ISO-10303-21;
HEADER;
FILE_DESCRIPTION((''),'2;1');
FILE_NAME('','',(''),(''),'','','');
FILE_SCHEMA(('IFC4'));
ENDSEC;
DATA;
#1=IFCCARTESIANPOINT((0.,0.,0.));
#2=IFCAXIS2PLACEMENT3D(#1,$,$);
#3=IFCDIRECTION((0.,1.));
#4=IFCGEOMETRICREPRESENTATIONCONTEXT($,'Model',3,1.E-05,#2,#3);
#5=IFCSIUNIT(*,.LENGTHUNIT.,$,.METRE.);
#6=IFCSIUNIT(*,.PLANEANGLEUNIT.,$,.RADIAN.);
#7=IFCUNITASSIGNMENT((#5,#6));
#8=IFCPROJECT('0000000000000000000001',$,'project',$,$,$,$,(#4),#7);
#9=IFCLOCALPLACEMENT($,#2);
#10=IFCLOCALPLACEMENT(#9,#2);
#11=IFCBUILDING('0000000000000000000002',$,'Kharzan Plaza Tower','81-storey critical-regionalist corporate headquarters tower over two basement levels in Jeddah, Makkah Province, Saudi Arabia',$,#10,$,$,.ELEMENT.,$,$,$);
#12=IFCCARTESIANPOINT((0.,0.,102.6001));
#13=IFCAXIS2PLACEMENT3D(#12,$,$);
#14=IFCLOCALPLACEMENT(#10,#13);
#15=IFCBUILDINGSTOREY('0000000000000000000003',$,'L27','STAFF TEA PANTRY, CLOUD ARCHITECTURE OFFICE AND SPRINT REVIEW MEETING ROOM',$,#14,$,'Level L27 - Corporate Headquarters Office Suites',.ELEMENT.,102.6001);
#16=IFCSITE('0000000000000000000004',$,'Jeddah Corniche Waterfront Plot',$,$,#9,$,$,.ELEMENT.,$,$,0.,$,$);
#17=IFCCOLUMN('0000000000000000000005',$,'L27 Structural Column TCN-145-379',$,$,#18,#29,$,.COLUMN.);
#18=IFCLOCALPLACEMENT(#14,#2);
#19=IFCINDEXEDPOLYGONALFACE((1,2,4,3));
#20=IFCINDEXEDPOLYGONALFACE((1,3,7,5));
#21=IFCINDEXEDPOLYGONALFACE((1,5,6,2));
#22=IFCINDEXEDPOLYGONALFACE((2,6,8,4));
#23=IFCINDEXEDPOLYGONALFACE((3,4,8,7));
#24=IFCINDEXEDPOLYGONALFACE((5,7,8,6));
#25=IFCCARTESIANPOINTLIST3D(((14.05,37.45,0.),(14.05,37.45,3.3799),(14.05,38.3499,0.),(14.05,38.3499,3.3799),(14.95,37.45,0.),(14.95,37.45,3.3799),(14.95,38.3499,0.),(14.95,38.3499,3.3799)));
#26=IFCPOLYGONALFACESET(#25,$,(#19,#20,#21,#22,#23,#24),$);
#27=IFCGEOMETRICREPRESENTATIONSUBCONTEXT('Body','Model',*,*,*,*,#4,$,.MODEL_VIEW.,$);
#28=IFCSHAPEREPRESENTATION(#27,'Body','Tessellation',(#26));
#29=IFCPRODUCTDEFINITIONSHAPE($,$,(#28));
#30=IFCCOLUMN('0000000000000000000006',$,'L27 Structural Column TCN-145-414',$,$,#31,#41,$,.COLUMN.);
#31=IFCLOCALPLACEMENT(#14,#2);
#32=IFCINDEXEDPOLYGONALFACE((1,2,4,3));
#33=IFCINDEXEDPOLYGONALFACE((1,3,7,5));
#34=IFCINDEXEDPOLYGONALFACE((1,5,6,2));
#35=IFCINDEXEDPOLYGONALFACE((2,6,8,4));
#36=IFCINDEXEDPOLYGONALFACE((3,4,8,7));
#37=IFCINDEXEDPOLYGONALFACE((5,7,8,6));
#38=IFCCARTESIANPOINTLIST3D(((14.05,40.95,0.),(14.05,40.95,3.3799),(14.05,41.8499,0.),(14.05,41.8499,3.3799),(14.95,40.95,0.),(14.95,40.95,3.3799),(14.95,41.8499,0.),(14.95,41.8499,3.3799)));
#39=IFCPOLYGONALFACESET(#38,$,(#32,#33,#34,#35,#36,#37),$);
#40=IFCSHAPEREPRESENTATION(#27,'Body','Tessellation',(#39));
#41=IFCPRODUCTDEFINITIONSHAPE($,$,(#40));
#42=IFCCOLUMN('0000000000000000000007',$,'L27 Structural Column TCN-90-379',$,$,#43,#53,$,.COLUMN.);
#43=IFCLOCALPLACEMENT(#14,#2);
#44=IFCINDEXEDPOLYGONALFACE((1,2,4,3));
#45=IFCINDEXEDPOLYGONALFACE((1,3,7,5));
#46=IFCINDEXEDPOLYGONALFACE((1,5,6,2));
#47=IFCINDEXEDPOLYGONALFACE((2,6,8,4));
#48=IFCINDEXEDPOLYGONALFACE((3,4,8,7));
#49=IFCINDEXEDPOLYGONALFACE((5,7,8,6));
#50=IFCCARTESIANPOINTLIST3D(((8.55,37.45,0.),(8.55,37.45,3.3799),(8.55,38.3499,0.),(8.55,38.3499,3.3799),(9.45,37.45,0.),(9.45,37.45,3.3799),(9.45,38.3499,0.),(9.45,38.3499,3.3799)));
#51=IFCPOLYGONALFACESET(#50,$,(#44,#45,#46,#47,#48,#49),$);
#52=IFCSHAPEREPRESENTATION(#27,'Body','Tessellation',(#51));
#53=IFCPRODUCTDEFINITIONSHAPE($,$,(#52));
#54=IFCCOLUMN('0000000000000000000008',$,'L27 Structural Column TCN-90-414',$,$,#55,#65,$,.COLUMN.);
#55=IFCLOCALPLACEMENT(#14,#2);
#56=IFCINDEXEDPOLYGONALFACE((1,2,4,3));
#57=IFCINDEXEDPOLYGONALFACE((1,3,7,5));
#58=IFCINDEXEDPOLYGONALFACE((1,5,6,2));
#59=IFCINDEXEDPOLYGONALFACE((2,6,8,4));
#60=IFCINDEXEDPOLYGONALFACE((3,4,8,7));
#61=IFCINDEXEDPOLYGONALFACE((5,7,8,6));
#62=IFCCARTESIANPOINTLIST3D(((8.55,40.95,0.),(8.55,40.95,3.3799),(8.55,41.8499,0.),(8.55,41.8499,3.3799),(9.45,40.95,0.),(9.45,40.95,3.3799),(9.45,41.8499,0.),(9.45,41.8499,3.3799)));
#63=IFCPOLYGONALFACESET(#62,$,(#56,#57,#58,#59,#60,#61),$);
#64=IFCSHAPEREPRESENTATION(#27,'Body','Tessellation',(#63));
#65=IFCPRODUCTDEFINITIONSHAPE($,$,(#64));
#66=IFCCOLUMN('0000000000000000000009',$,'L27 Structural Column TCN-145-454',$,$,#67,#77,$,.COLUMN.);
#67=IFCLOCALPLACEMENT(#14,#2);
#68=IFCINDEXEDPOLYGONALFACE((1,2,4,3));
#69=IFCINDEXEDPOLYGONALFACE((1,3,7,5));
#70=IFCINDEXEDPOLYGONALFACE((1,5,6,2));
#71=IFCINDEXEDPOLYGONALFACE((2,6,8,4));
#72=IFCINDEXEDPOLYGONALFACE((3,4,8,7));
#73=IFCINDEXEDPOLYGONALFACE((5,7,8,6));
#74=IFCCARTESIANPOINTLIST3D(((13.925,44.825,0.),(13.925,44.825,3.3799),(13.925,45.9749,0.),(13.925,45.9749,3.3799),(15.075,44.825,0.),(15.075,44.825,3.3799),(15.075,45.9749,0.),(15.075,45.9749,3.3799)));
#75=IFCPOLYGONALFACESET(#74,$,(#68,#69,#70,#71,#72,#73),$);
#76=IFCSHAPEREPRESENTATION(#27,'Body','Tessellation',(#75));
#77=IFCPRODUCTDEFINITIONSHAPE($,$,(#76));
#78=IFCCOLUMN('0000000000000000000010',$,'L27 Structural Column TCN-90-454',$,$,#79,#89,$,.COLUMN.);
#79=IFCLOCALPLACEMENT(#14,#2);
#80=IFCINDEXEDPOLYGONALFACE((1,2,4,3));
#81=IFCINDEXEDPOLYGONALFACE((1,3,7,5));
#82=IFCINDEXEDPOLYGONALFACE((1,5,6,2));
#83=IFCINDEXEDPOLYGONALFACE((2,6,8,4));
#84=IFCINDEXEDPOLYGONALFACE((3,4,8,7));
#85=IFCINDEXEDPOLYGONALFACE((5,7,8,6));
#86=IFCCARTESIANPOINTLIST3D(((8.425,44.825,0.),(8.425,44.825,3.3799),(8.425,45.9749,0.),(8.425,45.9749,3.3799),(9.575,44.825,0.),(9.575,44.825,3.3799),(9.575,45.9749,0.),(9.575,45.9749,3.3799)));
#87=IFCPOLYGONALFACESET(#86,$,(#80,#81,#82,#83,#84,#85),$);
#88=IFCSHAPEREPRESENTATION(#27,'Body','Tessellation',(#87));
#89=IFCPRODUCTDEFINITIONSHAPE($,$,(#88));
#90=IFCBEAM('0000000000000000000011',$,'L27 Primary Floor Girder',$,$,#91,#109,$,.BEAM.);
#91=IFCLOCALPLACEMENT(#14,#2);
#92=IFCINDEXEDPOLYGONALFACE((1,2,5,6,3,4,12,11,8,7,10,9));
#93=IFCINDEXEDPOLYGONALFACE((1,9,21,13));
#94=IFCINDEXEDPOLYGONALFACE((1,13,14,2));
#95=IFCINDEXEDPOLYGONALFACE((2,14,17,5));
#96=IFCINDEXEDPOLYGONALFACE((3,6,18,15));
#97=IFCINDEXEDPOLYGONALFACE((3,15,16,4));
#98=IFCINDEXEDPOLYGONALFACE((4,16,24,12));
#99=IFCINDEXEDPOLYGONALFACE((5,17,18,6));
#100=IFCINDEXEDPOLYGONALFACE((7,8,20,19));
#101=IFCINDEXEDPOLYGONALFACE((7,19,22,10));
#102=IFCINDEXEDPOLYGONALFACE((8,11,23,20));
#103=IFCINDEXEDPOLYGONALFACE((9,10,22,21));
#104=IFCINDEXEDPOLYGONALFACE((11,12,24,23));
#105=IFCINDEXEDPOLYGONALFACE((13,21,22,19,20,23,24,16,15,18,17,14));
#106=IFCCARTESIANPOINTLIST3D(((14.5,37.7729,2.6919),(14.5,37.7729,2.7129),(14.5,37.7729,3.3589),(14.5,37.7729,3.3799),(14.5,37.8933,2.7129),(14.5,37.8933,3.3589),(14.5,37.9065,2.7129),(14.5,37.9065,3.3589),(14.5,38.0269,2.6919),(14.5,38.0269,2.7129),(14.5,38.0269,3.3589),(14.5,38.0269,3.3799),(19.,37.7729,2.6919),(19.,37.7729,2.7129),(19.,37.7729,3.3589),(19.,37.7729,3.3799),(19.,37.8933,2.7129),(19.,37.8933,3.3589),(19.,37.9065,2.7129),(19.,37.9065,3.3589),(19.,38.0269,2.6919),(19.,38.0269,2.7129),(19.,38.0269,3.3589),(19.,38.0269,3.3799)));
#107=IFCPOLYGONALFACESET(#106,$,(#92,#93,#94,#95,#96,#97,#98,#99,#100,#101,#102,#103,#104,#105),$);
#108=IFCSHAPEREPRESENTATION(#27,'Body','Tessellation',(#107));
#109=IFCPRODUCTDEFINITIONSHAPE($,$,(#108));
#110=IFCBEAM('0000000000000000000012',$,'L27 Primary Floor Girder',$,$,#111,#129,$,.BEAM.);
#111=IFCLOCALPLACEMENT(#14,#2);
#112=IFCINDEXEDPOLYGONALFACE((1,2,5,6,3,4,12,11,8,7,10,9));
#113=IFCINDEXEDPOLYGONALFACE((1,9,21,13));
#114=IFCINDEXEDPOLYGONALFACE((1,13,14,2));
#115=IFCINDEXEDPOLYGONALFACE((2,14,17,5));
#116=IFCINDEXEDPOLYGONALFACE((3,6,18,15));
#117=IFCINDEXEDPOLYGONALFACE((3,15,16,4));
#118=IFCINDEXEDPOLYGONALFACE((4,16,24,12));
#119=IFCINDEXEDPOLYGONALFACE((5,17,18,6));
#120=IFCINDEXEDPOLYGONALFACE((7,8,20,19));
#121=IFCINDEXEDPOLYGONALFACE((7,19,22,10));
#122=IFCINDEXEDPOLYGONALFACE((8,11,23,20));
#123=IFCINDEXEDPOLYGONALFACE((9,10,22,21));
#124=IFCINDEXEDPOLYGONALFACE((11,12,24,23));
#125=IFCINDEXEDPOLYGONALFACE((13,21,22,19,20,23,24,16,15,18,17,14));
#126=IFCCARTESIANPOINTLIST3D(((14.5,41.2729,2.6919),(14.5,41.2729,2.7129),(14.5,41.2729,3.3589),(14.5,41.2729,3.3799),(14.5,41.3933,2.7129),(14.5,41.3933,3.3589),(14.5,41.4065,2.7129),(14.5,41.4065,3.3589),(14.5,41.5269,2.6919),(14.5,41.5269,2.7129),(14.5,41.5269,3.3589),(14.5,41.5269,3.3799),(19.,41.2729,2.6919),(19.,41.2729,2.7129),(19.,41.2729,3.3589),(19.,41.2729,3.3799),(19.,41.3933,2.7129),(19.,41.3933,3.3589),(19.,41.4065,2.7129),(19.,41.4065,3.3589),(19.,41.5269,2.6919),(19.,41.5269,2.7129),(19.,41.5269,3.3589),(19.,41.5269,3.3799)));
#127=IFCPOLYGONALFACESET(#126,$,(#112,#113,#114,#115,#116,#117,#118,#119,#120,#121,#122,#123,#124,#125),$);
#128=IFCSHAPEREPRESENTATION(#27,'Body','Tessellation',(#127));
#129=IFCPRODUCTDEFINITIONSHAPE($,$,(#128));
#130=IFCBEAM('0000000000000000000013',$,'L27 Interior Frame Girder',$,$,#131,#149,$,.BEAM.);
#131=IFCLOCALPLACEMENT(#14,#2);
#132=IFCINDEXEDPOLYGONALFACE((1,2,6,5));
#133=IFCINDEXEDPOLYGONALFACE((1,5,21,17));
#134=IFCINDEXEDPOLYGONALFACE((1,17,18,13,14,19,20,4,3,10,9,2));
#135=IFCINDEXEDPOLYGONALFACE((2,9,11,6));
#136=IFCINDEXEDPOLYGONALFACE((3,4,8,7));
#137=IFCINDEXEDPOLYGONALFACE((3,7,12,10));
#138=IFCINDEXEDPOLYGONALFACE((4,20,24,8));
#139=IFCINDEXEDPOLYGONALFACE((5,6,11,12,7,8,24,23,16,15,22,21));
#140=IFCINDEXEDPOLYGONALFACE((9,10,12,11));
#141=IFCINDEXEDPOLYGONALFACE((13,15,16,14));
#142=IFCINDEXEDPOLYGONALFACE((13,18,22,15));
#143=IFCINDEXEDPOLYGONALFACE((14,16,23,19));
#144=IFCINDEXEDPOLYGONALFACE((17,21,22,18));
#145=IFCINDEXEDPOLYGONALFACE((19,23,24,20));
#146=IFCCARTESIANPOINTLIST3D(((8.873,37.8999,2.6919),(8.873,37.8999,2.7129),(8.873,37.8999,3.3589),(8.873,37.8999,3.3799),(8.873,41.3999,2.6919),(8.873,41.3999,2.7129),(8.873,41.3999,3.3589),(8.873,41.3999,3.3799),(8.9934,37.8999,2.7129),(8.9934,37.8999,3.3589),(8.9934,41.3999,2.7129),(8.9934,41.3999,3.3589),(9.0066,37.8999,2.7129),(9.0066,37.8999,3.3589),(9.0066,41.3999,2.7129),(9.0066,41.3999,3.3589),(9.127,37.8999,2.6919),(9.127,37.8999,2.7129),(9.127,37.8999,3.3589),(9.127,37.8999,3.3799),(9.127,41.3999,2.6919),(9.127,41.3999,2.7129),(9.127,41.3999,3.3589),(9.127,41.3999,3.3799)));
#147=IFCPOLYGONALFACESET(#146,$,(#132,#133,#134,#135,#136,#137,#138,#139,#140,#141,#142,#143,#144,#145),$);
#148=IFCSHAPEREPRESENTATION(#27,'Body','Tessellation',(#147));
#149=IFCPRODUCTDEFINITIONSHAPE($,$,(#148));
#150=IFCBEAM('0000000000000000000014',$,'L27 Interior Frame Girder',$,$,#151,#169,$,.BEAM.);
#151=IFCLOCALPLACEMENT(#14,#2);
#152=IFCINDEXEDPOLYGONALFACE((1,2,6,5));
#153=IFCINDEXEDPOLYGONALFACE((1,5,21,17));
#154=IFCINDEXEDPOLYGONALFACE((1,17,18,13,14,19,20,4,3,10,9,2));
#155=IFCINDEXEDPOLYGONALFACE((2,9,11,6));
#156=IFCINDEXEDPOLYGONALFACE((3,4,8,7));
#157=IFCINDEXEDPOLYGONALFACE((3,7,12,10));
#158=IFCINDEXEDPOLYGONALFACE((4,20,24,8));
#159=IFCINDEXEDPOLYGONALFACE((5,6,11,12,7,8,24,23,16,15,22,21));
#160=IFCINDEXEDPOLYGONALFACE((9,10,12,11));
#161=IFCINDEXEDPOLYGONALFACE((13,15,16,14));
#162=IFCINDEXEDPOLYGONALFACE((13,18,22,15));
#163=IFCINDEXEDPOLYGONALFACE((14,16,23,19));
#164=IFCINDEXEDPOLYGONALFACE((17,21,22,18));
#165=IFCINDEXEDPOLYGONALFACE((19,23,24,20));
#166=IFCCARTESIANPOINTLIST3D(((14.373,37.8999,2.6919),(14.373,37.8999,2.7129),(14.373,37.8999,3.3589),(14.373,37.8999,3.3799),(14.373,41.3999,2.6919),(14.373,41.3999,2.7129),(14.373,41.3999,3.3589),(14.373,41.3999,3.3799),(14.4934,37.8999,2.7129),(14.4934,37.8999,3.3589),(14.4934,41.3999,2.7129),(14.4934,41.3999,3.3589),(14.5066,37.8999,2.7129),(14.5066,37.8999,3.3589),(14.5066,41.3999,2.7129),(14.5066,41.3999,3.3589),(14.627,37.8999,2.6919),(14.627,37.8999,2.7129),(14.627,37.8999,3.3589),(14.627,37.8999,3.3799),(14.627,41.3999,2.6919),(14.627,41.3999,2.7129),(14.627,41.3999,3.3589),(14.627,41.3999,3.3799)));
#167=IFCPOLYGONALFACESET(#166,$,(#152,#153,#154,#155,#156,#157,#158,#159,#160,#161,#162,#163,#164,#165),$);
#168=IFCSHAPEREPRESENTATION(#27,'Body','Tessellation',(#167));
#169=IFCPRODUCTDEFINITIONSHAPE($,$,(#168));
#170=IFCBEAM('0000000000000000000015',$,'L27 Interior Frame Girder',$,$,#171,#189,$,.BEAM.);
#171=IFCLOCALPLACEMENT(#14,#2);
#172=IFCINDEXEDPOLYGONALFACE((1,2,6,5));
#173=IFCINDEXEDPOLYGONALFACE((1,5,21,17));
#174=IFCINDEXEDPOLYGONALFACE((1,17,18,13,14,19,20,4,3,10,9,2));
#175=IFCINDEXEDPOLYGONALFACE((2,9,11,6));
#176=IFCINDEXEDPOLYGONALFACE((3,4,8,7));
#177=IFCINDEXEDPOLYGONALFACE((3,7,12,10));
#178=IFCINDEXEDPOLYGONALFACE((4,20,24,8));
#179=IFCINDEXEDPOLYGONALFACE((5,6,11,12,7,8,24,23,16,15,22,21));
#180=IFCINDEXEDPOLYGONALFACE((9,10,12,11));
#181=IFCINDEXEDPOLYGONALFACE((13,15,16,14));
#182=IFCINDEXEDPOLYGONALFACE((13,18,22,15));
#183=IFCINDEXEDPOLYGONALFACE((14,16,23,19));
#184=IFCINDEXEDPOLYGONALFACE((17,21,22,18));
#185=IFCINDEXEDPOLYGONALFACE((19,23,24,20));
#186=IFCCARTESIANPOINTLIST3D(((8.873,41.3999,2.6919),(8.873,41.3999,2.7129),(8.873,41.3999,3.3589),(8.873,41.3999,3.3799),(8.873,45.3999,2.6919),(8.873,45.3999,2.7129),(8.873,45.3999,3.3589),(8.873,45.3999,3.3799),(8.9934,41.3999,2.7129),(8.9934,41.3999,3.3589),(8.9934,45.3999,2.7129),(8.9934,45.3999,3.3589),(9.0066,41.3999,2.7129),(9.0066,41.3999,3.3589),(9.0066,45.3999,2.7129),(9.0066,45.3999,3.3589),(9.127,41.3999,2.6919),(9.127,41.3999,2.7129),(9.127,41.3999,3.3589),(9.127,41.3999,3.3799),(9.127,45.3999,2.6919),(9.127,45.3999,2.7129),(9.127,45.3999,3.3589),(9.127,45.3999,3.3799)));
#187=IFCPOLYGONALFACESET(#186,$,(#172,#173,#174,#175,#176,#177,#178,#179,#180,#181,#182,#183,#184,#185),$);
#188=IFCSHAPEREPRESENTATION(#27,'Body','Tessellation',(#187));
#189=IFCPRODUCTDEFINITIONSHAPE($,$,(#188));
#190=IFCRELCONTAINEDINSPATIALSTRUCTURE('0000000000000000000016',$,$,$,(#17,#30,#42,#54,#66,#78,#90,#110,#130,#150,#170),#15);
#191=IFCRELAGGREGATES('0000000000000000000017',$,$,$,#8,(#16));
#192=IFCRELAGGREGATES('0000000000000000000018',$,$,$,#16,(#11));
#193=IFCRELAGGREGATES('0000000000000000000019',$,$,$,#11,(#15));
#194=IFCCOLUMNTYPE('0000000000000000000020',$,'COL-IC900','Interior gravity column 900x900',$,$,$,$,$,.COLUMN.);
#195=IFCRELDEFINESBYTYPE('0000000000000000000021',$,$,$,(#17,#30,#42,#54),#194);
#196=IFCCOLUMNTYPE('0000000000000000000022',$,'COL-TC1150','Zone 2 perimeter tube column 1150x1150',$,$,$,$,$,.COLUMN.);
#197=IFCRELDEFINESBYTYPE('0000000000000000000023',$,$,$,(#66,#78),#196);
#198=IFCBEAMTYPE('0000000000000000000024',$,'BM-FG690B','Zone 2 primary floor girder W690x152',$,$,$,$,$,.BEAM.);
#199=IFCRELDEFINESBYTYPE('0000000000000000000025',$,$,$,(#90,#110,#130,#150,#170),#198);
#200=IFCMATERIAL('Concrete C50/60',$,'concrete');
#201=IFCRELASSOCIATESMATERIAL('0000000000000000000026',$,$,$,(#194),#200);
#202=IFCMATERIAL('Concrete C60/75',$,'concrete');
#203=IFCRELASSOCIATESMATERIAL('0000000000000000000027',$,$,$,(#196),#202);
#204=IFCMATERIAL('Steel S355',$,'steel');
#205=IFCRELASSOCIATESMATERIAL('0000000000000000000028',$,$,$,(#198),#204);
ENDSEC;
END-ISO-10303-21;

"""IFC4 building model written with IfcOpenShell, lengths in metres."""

from ifc_helpers import new_model, si_unit, direction, frame, origin, origin_2d, place, context, subcontext, project, spatial, rectangle, i_section, extrude, source, transform, mapped, material, material_profile, profile_set, type_object, element, save


model = new_model("IFC4")

# Units and contexts
model_context = context("Model", 3, precision=1e-05, world=origin(), true_north=direction((0.0, 1.0)))
body_context = subcontext(model_context, "Body", "Model", "MODEL_VIEW")
ifc_project = project(units=[si_unit("LENGTHUNIT", "METRE"), si_unit("PLANEANGLEUNIT", "RADIAN")], contexts=[model_context])

# Site, building, storey
site_placement = place(None, origin())
site = spatial("IfcSite", under=ifc_project, at=site_placement, Name="Jeddah Corniche Waterfront Plot", CompositionType="ELEMENT", RefElevation=0.0)
building_placement = place(site_placement, origin())
building = spatial("IfcBuilding", under=site, at=building_placement, Name="Kharzan Plaza Tower", Description="81-storey critical-regionalist corporate headquarters tower over two basement levels in Jeddah, Makkah Province, Saudi Arabia", CompositionType="ELEMENT")
storey_placement = place(building_placement, frame((0.0, 0.0, 102.6001)))
storey = spatial("IfcBuildingStorey", under=building, at=storey_placement, Name="L27", Description="STAFF TEA PANTRY, CLOUD ARCHITECTURE OFFICE AND SPRINT REVIEW MEETING ROOM", LongName="Level L27 - Corporate Headquarters Office Suites", CompositionType="ELEMENT", Elevation=102.6001)

# Columns
ifc_material_1 = material(Name="Concrete C50/60", Category="concrete")
ifc_material_profile_1 = material_profile(ifc_material_1, rectangle(XDim=0.8999, YDim=0.8999, at=origin_2d()), Name="RC-IC900x900")
ifc_profile_set_1 = profile_set([ifc_material_profile_1], Name="Concrete C50/60")
column_type_1 = type_object("IfcColumnType", Name="COL-IC900", Description="Interior gravity column 900x900", PredefinedType="COLUMN", material=ifc_profile_set_1)
shared_shape_1 = source(origin(), body_context, "Body", "SweptSolid", [
    extrude(rectangle(XDim=0.8999, YDim=0.8999, at=origin_2d()), origin(), (0.0, 0.0, 1.0), 3.3799),
])
for number, where, z_axis, x_axis, name in (
    (1, (14.5, 37.8999, 0.0), (0.0, 0.0, 1.0), (1.0, 0.0, 0.0), "L27 Structural Column TCN-145-379"),
    (2, (14.5, 41.3999, 0.0), (0.0, 0.0, 1.0), (1.0, 0.0, 0.0), "L27 Structural Column TCN-145-414"),
    (3, (9.0, 37.8999, 0.0), (0.0, 0.0, 1.0), (1.0, 0.0, 0.0), "L27 Structural Column TCN-90-379"),
    (4, (9.0, 41.3999, 0.0), (0.0, 0.0, 1.0), (1.0, 0.0, 0.0), "L27 Structural Column TCN-90-414"),
):
    element("IfcColumn", number, at=place(storey_placement, frame(where, z_axis=z_axis, x_axis=x_axis)), inside=storey, type_object=column_type_1, Name=name, PredefinedType="COLUMN", context=body_context, shape_type="MappedRepresentation", body=[
        mapped(shared_shape_1, transform((0.0, 0.0, 0.0), x_axis=(1.0, 0.0, 0.0), y_axis=(0.0, 1.0, 0.0), z_axis=(0.0, 0.0, 1.0))),
    ])
ifc_material_2 = material(Name="Concrete C60/75", Category="concrete")
ifc_material_profile_2 = material_profile(ifc_material_2, rectangle(XDim=1.1499, YDim=1.1499, at=origin_2d()), Name="RC-TC1150x1150")
ifc_profile_set_2 = profile_set([ifc_material_profile_2], Name="Concrete C60/75")
column_type_2 = type_object("IfcColumnType", Name="COL-TC1150", Description="Zone 2 perimeter tube column 1150x1150", PredefinedType="COLUMN", material=ifc_profile_set_2)
shared_shape_2 = source(origin(), body_context, "Body", "SweptSolid", [
    extrude(rectangle(XDim=1.1499, YDim=1.1499, at=origin_2d()), origin(), (0.0, 0.0, 1.0), 3.3799),
])
for number, where, z_axis, x_axis, name in (
    (5, (14.5, 45.3999, 0.0), (0.0, 0.0, 1.0), (1.0, 0.0, 0.0), "L27 Structural Column TCN-145-454"),
    (6, (9.0, 45.3999, 0.0), (0.0, 0.0, 1.0), (1.0, 0.0, 0.0), "L27 Structural Column TCN-90-454"),
):
    element("IfcColumn", number, at=place(storey_placement, frame(where, z_axis=z_axis, x_axis=x_axis)), inside=storey, type_object=column_type_2, Name=name, PredefinedType="COLUMN", context=body_context, shape_type="MappedRepresentation", body=[
        mapped(shared_shape_2, transform((0.0, 0.0, 0.0), x_axis=(1.0, 0.0, 0.0), y_axis=(0.0, 1.0, 0.0), z_axis=(0.0, 0.0, 1.0))),
    ])

# Beams
ifc_material_3 = material(Name="Steel S355", Category="steel")
ifc_material_profile_3 = material_profile(ifc_material_3, i_section(OverallWidth=0.2539, OverallDepth=0.688, WebThickness=0.0132, FlangeThickness=0.021, at=origin_2d()), Name="W690x152")
ifc_profile_set_3 = profile_set([ifc_material_profile_3], Name="Steel S355")
beam_type_1 = type_object("IfcBeamType", Name="BM-FG690B", Description="Zone 2 primary floor girder W690x152", PredefinedType="BEAM", material=ifc_profile_set_3)
shared_shape_3 = source(origin(), body_context, "Body", "SweptSolid", [
    extrude(i_section(OverallWidth=0.2539, OverallDepth=0.688, WebThickness=0.0132, FlangeThickness=0.021, at=origin_2d()), origin(), (0.0, 0.0, 1.0), 4.5),
])
for number, where, z_axis, x_axis, name in (
    (7, (14.5, 37.8999, 3.0359), (1.0, 0.0, 0.0), (0.0, 1.0, 0.0), "L27 Primary Floor Girder"),
    (8, (14.5, 41.3999, 3.0359), (1.0, 0.0, 0.0), (0.0, 1.0, 0.0), "L27 Primary Floor Girder"),
):
    element("IfcBeam", number, at=place(storey_placement, frame(where, z_axis=z_axis, x_axis=x_axis)), inside=storey, type_object=beam_type_1, Name=name, PredefinedType="BEAM", context=body_context, shape_type="MappedRepresentation", body=[
        mapped(shared_shape_3, transform((0.0, 0.0, 0.0), x_axis=(1.0, 0.0, 0.0), y_axis=(0.0, 1.0, 0.0), z_axis=(0.0, 0.0, 1.0))),
    ])
shared_shape_4 = source(origin(), body_context, "Body", "SweptSolid", [
    extrude(i_section(OverallWidth=0.2539, OverallDepth=0.688, WebThickness=0.0132, FlangeThickness=0.021, at=origin_2d()), origin(), (0.0, 0.0, 1.0), 3.5),
])
for number, where, z_axis, x_axis, name in (
    (9, (9.0, 37.8999, 3.0359), (0.0, 1.0, 0.0), (-1.0, 0.0, 0.0), "L27 Interior Frame Girder"),
    (10, (14.5, 37.8999, 3.0359), (0.0, 1.0, 0.0), (-1.0, 0.0, 0.0), "L27 Interior Frame Girder"),
):
    element("IfcBeam", number, at=place(storey_placement, frame(where, z_axis=z_axis, x_axis=x_axis)), inside=storey, type_object=beam_type_1, Name=name, PredefinedType="BEAM", context=body_context, shape_type="MappedRepresentation", body=[
        mapped(shared_shape_4, transform((0.0, 0.0, 0.0), x_axis=(1.0, 0.0, 0.0), y_axis=(0.0, 1.0, 0.0), z_axis=(0.0, 0.0, 1.0))),
    ])
shared_shape_5 = source(origin(), body_context, "Body", "SweptSolid", [
    extrude(i_section(OverallWidth=0.2539, OverallDepth=0.688, WebThickness=0.0132, FlangeThickness=0.021, at=origin_2d()), origin(), (0.0, 0.0, 1.0), 4.0),
])
for number, where, z_axis, x_axis, name in (
    (11, (9.0, 41.3999, 3.0359), (0.0, 1.0, 0.0), (-1.0, 0.0, 0.0), "L27 Interior Frame Girder"),
):
    element("IfcBeam", number, at=place(storey_placement, frame(where, z_axis=z_axis, x_axis=x_axis)), inside=storey, type_object=beam_type_1, Name=name, PredefinedType="BEAM", context=body_context, shape_type="MappedRepresentation", body=[
        mapped(shared_shape_5, transform((0.0, 0.0, 0.0), x_axis=(1.0, 0.0, 0.0), y_axis=(0.0, 1.0, 0.0), z_axis=(0.0, 0.0, 1.0))),
    ])

save(model, "model.ifc")
